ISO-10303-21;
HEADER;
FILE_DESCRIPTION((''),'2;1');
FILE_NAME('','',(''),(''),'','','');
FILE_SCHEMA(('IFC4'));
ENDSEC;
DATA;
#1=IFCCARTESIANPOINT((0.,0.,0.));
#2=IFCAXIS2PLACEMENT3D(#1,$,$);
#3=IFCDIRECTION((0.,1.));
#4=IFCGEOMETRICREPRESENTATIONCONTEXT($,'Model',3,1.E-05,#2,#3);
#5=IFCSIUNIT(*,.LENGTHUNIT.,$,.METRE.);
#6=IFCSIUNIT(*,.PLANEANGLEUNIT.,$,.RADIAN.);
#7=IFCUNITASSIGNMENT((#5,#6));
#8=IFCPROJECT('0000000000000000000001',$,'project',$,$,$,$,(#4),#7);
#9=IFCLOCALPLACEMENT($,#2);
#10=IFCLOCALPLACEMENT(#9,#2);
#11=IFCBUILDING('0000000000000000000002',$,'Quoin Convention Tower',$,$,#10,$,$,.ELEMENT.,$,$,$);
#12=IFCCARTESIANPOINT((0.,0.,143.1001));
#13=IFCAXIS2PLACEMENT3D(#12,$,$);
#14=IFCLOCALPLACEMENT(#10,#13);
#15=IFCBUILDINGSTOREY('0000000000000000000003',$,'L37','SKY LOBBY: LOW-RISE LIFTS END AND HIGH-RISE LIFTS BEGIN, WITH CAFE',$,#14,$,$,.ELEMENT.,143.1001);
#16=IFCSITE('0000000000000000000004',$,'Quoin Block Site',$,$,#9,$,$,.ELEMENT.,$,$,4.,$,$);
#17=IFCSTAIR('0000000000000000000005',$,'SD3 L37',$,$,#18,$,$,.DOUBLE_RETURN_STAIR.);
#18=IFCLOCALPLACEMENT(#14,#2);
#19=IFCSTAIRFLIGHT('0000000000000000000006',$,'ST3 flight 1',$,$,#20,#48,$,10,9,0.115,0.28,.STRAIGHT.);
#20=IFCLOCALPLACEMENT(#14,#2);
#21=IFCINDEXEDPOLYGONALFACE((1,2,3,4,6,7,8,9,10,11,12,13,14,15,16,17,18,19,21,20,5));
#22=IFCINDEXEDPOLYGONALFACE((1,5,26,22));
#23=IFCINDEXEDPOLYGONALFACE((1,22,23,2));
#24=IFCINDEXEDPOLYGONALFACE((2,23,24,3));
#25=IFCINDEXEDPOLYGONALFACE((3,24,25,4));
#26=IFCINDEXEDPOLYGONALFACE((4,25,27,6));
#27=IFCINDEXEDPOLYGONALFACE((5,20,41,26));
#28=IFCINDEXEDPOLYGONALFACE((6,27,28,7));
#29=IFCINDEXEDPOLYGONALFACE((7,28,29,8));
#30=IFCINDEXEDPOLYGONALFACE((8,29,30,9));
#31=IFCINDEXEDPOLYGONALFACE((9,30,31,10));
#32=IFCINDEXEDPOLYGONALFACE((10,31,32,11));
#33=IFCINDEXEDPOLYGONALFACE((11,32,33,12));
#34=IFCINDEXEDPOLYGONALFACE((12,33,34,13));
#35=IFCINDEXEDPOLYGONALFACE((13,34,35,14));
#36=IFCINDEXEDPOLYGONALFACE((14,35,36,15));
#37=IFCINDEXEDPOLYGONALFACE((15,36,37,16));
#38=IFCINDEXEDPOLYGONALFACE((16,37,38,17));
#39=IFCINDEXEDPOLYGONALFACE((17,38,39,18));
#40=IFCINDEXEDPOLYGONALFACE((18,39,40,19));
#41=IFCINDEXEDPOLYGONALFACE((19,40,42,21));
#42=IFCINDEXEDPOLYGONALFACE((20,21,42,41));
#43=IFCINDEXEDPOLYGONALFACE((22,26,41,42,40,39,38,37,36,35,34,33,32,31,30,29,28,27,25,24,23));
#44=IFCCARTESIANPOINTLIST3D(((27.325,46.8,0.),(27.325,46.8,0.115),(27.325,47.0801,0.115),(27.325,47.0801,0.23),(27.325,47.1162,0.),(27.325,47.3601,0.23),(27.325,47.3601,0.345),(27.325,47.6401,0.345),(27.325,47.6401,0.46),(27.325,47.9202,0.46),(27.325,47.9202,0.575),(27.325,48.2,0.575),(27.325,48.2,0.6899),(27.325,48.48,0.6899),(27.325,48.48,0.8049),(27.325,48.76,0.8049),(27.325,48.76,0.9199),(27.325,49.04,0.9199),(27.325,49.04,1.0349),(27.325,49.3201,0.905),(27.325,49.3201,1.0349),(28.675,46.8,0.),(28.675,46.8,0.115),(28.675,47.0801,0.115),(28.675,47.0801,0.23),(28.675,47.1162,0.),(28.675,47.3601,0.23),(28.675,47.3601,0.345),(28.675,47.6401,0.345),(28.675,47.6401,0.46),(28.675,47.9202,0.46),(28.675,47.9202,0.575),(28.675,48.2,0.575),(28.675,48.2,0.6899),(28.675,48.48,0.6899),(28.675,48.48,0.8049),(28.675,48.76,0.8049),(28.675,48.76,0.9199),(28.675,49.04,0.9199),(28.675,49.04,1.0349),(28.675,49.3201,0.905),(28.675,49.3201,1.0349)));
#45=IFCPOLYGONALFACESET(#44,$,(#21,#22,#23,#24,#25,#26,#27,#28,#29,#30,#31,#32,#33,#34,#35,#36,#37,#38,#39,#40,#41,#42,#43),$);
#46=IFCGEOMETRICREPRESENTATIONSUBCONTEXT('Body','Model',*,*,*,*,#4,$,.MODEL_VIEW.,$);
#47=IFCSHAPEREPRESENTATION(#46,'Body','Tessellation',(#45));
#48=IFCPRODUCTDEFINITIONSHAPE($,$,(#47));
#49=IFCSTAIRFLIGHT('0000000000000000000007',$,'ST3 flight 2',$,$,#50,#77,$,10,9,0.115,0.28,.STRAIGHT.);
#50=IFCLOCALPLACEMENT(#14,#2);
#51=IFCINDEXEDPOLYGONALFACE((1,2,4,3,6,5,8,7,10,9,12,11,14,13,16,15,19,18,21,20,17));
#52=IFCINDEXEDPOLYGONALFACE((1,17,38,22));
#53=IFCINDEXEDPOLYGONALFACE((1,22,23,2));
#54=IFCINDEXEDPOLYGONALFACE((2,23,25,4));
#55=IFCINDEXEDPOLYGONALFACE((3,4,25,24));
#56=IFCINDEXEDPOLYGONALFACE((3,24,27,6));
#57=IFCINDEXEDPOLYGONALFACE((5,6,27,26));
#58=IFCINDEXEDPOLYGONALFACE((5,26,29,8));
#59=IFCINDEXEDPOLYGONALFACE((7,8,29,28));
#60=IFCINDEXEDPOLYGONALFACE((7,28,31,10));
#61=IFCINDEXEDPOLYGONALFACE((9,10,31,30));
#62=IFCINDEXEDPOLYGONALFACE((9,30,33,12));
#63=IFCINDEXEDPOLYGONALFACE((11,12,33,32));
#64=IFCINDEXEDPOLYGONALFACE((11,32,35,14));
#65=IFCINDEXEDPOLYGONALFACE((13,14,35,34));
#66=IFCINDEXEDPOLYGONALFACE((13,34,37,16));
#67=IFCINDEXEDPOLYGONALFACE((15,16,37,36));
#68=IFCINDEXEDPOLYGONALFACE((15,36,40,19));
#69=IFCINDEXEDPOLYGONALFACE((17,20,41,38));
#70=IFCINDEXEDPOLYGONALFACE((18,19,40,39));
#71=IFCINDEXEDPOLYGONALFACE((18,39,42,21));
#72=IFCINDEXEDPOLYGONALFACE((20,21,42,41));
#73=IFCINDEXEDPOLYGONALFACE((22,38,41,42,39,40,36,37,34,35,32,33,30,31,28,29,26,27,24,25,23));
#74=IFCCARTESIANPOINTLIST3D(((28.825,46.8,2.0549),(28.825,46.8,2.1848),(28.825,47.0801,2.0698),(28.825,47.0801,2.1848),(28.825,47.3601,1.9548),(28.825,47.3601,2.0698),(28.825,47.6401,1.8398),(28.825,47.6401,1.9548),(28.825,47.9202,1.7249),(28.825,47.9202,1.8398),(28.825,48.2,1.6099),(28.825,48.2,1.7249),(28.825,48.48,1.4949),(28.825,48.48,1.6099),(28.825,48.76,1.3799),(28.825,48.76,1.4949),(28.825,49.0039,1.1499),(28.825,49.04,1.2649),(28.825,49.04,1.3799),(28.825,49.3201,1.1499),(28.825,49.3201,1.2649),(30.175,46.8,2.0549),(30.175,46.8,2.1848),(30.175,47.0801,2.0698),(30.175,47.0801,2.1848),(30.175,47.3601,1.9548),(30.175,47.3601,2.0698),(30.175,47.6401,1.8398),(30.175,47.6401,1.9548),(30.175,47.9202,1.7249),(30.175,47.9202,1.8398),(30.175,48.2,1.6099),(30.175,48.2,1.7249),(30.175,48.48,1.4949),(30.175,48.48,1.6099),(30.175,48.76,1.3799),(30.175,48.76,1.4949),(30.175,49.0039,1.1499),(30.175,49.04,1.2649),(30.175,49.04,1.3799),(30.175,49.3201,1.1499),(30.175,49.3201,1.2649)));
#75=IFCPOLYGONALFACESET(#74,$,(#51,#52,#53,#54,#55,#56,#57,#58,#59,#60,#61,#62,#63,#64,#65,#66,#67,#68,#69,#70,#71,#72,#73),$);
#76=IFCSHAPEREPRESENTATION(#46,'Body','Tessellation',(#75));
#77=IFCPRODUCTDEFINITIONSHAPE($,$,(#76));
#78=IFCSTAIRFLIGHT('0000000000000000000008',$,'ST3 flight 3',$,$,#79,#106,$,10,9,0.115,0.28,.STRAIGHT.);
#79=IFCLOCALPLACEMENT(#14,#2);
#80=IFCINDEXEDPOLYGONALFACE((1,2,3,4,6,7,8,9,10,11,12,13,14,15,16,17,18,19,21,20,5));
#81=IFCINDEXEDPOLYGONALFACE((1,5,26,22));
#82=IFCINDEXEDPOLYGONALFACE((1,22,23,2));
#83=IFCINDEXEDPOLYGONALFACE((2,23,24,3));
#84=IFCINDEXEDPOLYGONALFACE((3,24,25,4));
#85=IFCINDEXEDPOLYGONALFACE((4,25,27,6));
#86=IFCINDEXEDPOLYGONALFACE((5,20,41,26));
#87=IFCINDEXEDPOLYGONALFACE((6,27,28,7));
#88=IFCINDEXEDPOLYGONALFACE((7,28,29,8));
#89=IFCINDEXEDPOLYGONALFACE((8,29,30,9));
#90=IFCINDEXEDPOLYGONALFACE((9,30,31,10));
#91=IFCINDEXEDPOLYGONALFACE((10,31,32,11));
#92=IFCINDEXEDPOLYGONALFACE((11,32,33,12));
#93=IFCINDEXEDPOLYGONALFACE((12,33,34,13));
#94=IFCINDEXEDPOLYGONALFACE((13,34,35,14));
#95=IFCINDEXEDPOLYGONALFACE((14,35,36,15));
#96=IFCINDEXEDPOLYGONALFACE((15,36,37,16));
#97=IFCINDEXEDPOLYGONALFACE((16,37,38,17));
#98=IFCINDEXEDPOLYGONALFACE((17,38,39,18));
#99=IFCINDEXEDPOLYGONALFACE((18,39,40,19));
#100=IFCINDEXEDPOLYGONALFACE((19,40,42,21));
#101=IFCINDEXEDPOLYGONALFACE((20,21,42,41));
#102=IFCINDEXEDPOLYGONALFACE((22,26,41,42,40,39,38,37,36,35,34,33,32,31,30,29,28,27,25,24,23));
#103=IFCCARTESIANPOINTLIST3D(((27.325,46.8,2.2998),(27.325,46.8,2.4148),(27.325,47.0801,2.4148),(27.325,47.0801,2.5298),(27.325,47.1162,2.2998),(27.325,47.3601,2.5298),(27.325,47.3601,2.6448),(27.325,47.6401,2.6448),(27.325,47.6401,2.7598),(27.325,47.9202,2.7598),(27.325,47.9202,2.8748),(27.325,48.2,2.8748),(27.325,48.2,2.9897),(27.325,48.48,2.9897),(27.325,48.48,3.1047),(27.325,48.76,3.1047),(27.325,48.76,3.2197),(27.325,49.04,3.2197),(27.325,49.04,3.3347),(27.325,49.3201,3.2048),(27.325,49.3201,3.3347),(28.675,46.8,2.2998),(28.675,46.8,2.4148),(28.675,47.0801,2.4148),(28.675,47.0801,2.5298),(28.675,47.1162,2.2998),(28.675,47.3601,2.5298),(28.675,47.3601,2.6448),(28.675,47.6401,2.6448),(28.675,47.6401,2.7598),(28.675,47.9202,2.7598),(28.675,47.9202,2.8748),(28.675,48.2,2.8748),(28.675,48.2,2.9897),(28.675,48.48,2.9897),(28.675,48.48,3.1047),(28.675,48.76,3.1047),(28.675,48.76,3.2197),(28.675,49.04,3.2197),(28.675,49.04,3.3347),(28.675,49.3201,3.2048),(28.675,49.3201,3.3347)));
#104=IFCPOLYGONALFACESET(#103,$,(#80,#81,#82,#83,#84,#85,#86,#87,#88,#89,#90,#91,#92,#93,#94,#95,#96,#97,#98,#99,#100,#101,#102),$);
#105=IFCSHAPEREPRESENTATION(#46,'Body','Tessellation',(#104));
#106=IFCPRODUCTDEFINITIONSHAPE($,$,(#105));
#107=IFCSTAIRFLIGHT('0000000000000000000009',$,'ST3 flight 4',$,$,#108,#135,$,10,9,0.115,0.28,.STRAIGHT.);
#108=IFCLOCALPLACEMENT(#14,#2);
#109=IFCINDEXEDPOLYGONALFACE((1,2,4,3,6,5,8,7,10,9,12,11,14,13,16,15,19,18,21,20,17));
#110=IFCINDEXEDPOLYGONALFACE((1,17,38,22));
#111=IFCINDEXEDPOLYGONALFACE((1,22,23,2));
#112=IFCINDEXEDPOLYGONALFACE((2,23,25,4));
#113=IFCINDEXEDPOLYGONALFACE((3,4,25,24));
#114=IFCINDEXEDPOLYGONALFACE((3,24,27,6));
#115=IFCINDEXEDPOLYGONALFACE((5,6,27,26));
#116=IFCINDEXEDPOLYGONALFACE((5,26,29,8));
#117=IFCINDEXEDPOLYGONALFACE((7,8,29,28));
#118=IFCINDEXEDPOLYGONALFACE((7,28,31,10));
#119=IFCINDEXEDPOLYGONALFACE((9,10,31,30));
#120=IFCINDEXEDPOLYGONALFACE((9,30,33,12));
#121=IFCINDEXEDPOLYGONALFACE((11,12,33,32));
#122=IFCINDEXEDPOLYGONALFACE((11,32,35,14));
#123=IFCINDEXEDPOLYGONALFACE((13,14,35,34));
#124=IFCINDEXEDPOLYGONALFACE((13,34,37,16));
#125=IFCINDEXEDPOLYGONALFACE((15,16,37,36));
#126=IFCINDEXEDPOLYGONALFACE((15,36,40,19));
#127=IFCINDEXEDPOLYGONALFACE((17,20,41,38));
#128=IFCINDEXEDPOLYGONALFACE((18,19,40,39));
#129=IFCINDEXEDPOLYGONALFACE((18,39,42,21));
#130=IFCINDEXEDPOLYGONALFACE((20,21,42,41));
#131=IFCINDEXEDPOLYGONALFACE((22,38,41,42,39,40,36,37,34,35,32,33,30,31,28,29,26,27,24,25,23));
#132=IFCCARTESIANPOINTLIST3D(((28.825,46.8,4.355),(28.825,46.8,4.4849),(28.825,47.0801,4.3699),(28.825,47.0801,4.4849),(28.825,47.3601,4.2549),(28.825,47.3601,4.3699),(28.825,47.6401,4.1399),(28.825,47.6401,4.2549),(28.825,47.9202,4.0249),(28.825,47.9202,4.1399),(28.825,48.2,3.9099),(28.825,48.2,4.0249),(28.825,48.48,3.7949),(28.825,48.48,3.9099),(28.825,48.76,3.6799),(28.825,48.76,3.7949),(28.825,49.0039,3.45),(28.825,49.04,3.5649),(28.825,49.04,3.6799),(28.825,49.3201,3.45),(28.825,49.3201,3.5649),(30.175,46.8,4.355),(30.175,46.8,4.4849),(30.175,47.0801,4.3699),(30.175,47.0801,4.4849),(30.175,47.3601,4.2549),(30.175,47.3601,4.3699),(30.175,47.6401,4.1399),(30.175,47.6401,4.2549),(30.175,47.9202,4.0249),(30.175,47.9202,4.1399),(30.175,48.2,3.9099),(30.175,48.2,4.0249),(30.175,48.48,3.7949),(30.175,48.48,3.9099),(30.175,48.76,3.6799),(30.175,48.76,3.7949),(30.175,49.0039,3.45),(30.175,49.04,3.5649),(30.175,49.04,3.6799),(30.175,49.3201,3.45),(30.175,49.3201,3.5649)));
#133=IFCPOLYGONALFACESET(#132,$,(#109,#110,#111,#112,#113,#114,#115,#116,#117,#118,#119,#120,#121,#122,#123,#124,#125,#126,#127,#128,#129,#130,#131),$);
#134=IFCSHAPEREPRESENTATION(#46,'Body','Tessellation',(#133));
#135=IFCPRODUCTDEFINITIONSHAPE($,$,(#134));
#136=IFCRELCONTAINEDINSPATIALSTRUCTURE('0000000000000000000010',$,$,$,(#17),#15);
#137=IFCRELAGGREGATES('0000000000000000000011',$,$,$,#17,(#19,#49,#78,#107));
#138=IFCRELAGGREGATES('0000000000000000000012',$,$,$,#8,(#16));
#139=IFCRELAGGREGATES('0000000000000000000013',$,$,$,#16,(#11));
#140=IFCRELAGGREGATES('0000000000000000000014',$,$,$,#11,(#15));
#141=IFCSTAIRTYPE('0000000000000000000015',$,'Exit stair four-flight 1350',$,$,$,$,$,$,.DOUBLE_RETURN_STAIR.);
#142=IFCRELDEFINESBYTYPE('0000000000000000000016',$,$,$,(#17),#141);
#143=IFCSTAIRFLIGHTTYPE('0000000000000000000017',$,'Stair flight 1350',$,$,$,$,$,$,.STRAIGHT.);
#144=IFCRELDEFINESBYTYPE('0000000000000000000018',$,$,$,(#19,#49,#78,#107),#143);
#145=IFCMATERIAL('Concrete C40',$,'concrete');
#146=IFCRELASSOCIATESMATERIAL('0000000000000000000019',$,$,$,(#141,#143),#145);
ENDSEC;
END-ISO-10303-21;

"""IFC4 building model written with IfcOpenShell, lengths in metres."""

from ifc_helpers import new_model, si_unit, direction, frame, origin, place, context, subcontext, project, spatial, polyline, outline, extrude, material, type_object, element, aggregate, save


model = new_model("IFC4")

# Units and contexts
model_context = context("Model", 3, precision=1e-05, world=origin(), true_north=direction((0.0, 1.0)))
body_context = subcontext(model_context, "Body", "Model", "MODEL_VIEW")
ifc_project = project(units=[si_unit("LENGTHUNIT", "METRE"), si_unit("PLANEANGLEUNIT", "RADIAN")], contexts=[model_context])

# Site, building, storey
site_placement = place(None, origin())
site = spatial("IfcSite", under=ifc_project, at=site_placement, Name="Quoin Block Site", CompositionType="ELEMENT", RefElevation=4.0)
building_placement = place(site_placement, origin())
building = spatial("IfcBuilding", under=site, at=building_placement, Name="Quoin Convention Tower", CompositionType="ELEMENT")
storey_placement = place(building_placement, frame((0.0, 0.0, 143.1001)))
storey = spatial("IfcBuildingStorey", under=building, at=storey_placement, Name="L37", Description="SKY LOBBY: LOW-RISE LIFTS END AND HIGH-RISE LIFTS BEGIN, WITH CAFE", CompositionType="ELEMENT", Elevation=143.1001)

# Stair, stair flights
ifc_material_1 = material(Name="Concrete C40", Category="concrete")
stair_type = type_object("IfcStairType", Name="Exit stair four-flight 1350", PredefinedType="DOUBLE_RETURN_STAIR", material=ifc_material_1)
stair_placement = place(storey_placement, origin())
stair = element("IfcStair", 1, at=stair_placement, inside=storey, type_object=stair_type, Name="SD3 L37", PredefinedType="DOUBLE_RETURN_STAIR")
stair_flight_type = type_object("IfcStairFlightType", Name="Stair flight 1350", PredefinedType="STRAIGHT", material=ifc_material_1)
stair_flight_1_placement = place(storey_placement, frame((28.0, 46.8, 0.0), z_axis=(0.0, 0.0, 1.0), x_axis=(0.0, 1.0, 0.0)))
stair_flight_1 = element("IfcStairFlight", 2, at=stair_flight_1_placement, type_object=stair_flight_type, Name="ST3 flight 1", NumberOfRisers=10, NumberOfTreads=9, PredefinedType="STRAIGHT", RiserHeight=0.115, TreadLength=0.28, context=body_context, shape_type="SweptSolid", body=[
    extrude(outline(polyline([(0.0, 0.0), (0.0, 0.115), (0.28, 0.115), (0.28, 0.23), (0.5601, 0.23), (0.5601, 0.345), (0.8401, 0.345), (0.8401, 0.46), (1.1201, 0.46), (1.1201, 0.575), (1.3999, 0.575), (1.3999, 0.6899), (1.6799, 0.6899), (1.6799, 0.8049), (1.96, 0.8049), (1.96, 0.9199), (2.24, 0.9199), (2.24, 1.0349), (2.52, 1.0349), (2.52, 1.1499), (2.52, 0.905), (0.3162, 0.0), (0.0, 0.0)])), frame((0.0, 0.675, 0.0), z_axis=(0.0, -1.0, 0.0), x_axis=(1.0, 0.0, 0.0)), (0.0, 0.0, 1.0), 1.3501),
])
stair_flight_2_placement = place(storey_placement, frame((29.5, 49.3201, 1.1499), z_axis=(0.0, 0.0, 1.0), x_axis=(0.0, -1.0, 0.0)))
stair_flight_2 = element("IfcStairFlight", 3, at=stair_flight_2_placement, type_object=stair_flight_type, Name="ST3 flight 2", NumberOfRisers=10, NumberOfTreads=9, PredefinedType="STRAIGHT", RiserHeight=0.115, TreadLength=0.28, context=body_context, shape_type="SweptSolid", body=[
    extrude(outline(polyline([(0.0, 0.0), (0.0, 0.115), (0.28, 0.115), (0.28, 0.23), (0.5601, 0.23), (0.5601, 0.345), (0.8401, 0.345), (0.8401, 0.46), (1.1201, 0.46), (1.1201, 0.575), (1.3999, 0.575), (1.3999, 0.6899), (1.6799, 0.6899), (1.6799, 0.8049), (1.96, 0.8049), (1.96, 0.9199), (2.24, 0.9199), (2.24, 1.0349), (2.52, 1.0349), (2.52, 1.1499), (2.52, 0.905), (0.3162, 0.0), (0.0, 0.0)])), frame((0.0, 0.675, 0.0), z_axis=(0.0, -1.0, 0.0), x_axis=(1.0, 0.0, 0.0)), (0.0, 0.0, 1.0), 1.3501),
])
stair_flight_3_placement = place(storey_placement, frame((28.0, 46.8, 2.2998), z_axis=(0.0, 0.0, 1.0), x_axis=(0.0, 1.0, 0.0)))
stair_flight_3 = element("IfcStairFlight", 4, at=stair_flight_3_placement, type_object=stair_flight_type, Name="ST3 flight 3", NumberOfRisers=10, NumberOfTreads=9, PredefinedType="STRAIGHT", RiserHeight=0.115, TreadLength=0.28, context=body_context, shape_type="SweptSolid", body=[
    extrude(outline(polyline([(0.0, 0.0), (0.0, 0.115), (0.28, 0.115), (0.28, 0.23), (0.5601, 0.23), (0.5601, 0.345), (0.8401, 0.345), (0.8401, 0.46), (1.1201, 0.46), (1.1201, 0.575), (1.3999, 0.575), (1.3999, 0.6899), (1.6799, 0.6899), (1.6799, 0.8049), (1.96, 0.8049), (1.96, 0.9199), (2.24, 0.9199), (2.24, 1.0349), (2.52, 1.0349), (2.52, 1.1499), (2.52, 0.905), (0.3162, 0.0), (0.0, 0.0)])), frame((0.0, 0.675, 0.0), z_axis=(0.0, -1.0, 0.0), x_axis=(1.0, 0.0, 0.0)), (0.0, 0.0, 1.0), 1.3501),
])
stair_flight_4_placement = place(storey_placement, frame((29.5, 49.3201, 3.45), z_axis=(0.0, 0.0, 1.0), x_axis=(0.0, -1.0, 0.0)))
stair_flight_4 = element("IfcStairFlight", 5, at=stair_flight_4_placement, type_object=stair_flight_type, Name="ST3 flight 4", NumberOfRisers=10, NumberOfTreads=9, PredefinedType="STRAIGHT", RiserHeight=0.115, TreadLength=0.28, context=body_context, shape_type="SweptSolid", body=[
    extrude(outline(polyline([(0.0, 0.0), (0.0, 0.115), (0.28, 0.115), (0.28, 0.23), (0.5601, 0.23), (0.5601, 0.345), (0.8401, 0.345), (0.8401, 0.46), (1.1201, 0.46), (1.1201, 0.575), (1.3999, 0.575), (1.3999, 0.6899), (1.6799, 0.6899), (1.6799, 0.8049), (1.96, 0.8049), (1.96, 0.9199), (2.24, 0.9199), (2.24, 1.0349), (2.52, 1.0349), (2.52, 1.1499), (2.52, 0.905), (0.3162, 0.0), (0.0, 0.0)])), frame((0.0, 0.675, 0.0), z_axis=(0.0, -1.0, 0.0), x_axis=(1.0, 0.0, 0.0)), (0.0, 0.0, 1.0), 1.3501),
])
aggregate(stair, [stair_flight_1, stair_flight_2, stair_flight_3, stair_flight_4])

save(model, "model.ifc")
